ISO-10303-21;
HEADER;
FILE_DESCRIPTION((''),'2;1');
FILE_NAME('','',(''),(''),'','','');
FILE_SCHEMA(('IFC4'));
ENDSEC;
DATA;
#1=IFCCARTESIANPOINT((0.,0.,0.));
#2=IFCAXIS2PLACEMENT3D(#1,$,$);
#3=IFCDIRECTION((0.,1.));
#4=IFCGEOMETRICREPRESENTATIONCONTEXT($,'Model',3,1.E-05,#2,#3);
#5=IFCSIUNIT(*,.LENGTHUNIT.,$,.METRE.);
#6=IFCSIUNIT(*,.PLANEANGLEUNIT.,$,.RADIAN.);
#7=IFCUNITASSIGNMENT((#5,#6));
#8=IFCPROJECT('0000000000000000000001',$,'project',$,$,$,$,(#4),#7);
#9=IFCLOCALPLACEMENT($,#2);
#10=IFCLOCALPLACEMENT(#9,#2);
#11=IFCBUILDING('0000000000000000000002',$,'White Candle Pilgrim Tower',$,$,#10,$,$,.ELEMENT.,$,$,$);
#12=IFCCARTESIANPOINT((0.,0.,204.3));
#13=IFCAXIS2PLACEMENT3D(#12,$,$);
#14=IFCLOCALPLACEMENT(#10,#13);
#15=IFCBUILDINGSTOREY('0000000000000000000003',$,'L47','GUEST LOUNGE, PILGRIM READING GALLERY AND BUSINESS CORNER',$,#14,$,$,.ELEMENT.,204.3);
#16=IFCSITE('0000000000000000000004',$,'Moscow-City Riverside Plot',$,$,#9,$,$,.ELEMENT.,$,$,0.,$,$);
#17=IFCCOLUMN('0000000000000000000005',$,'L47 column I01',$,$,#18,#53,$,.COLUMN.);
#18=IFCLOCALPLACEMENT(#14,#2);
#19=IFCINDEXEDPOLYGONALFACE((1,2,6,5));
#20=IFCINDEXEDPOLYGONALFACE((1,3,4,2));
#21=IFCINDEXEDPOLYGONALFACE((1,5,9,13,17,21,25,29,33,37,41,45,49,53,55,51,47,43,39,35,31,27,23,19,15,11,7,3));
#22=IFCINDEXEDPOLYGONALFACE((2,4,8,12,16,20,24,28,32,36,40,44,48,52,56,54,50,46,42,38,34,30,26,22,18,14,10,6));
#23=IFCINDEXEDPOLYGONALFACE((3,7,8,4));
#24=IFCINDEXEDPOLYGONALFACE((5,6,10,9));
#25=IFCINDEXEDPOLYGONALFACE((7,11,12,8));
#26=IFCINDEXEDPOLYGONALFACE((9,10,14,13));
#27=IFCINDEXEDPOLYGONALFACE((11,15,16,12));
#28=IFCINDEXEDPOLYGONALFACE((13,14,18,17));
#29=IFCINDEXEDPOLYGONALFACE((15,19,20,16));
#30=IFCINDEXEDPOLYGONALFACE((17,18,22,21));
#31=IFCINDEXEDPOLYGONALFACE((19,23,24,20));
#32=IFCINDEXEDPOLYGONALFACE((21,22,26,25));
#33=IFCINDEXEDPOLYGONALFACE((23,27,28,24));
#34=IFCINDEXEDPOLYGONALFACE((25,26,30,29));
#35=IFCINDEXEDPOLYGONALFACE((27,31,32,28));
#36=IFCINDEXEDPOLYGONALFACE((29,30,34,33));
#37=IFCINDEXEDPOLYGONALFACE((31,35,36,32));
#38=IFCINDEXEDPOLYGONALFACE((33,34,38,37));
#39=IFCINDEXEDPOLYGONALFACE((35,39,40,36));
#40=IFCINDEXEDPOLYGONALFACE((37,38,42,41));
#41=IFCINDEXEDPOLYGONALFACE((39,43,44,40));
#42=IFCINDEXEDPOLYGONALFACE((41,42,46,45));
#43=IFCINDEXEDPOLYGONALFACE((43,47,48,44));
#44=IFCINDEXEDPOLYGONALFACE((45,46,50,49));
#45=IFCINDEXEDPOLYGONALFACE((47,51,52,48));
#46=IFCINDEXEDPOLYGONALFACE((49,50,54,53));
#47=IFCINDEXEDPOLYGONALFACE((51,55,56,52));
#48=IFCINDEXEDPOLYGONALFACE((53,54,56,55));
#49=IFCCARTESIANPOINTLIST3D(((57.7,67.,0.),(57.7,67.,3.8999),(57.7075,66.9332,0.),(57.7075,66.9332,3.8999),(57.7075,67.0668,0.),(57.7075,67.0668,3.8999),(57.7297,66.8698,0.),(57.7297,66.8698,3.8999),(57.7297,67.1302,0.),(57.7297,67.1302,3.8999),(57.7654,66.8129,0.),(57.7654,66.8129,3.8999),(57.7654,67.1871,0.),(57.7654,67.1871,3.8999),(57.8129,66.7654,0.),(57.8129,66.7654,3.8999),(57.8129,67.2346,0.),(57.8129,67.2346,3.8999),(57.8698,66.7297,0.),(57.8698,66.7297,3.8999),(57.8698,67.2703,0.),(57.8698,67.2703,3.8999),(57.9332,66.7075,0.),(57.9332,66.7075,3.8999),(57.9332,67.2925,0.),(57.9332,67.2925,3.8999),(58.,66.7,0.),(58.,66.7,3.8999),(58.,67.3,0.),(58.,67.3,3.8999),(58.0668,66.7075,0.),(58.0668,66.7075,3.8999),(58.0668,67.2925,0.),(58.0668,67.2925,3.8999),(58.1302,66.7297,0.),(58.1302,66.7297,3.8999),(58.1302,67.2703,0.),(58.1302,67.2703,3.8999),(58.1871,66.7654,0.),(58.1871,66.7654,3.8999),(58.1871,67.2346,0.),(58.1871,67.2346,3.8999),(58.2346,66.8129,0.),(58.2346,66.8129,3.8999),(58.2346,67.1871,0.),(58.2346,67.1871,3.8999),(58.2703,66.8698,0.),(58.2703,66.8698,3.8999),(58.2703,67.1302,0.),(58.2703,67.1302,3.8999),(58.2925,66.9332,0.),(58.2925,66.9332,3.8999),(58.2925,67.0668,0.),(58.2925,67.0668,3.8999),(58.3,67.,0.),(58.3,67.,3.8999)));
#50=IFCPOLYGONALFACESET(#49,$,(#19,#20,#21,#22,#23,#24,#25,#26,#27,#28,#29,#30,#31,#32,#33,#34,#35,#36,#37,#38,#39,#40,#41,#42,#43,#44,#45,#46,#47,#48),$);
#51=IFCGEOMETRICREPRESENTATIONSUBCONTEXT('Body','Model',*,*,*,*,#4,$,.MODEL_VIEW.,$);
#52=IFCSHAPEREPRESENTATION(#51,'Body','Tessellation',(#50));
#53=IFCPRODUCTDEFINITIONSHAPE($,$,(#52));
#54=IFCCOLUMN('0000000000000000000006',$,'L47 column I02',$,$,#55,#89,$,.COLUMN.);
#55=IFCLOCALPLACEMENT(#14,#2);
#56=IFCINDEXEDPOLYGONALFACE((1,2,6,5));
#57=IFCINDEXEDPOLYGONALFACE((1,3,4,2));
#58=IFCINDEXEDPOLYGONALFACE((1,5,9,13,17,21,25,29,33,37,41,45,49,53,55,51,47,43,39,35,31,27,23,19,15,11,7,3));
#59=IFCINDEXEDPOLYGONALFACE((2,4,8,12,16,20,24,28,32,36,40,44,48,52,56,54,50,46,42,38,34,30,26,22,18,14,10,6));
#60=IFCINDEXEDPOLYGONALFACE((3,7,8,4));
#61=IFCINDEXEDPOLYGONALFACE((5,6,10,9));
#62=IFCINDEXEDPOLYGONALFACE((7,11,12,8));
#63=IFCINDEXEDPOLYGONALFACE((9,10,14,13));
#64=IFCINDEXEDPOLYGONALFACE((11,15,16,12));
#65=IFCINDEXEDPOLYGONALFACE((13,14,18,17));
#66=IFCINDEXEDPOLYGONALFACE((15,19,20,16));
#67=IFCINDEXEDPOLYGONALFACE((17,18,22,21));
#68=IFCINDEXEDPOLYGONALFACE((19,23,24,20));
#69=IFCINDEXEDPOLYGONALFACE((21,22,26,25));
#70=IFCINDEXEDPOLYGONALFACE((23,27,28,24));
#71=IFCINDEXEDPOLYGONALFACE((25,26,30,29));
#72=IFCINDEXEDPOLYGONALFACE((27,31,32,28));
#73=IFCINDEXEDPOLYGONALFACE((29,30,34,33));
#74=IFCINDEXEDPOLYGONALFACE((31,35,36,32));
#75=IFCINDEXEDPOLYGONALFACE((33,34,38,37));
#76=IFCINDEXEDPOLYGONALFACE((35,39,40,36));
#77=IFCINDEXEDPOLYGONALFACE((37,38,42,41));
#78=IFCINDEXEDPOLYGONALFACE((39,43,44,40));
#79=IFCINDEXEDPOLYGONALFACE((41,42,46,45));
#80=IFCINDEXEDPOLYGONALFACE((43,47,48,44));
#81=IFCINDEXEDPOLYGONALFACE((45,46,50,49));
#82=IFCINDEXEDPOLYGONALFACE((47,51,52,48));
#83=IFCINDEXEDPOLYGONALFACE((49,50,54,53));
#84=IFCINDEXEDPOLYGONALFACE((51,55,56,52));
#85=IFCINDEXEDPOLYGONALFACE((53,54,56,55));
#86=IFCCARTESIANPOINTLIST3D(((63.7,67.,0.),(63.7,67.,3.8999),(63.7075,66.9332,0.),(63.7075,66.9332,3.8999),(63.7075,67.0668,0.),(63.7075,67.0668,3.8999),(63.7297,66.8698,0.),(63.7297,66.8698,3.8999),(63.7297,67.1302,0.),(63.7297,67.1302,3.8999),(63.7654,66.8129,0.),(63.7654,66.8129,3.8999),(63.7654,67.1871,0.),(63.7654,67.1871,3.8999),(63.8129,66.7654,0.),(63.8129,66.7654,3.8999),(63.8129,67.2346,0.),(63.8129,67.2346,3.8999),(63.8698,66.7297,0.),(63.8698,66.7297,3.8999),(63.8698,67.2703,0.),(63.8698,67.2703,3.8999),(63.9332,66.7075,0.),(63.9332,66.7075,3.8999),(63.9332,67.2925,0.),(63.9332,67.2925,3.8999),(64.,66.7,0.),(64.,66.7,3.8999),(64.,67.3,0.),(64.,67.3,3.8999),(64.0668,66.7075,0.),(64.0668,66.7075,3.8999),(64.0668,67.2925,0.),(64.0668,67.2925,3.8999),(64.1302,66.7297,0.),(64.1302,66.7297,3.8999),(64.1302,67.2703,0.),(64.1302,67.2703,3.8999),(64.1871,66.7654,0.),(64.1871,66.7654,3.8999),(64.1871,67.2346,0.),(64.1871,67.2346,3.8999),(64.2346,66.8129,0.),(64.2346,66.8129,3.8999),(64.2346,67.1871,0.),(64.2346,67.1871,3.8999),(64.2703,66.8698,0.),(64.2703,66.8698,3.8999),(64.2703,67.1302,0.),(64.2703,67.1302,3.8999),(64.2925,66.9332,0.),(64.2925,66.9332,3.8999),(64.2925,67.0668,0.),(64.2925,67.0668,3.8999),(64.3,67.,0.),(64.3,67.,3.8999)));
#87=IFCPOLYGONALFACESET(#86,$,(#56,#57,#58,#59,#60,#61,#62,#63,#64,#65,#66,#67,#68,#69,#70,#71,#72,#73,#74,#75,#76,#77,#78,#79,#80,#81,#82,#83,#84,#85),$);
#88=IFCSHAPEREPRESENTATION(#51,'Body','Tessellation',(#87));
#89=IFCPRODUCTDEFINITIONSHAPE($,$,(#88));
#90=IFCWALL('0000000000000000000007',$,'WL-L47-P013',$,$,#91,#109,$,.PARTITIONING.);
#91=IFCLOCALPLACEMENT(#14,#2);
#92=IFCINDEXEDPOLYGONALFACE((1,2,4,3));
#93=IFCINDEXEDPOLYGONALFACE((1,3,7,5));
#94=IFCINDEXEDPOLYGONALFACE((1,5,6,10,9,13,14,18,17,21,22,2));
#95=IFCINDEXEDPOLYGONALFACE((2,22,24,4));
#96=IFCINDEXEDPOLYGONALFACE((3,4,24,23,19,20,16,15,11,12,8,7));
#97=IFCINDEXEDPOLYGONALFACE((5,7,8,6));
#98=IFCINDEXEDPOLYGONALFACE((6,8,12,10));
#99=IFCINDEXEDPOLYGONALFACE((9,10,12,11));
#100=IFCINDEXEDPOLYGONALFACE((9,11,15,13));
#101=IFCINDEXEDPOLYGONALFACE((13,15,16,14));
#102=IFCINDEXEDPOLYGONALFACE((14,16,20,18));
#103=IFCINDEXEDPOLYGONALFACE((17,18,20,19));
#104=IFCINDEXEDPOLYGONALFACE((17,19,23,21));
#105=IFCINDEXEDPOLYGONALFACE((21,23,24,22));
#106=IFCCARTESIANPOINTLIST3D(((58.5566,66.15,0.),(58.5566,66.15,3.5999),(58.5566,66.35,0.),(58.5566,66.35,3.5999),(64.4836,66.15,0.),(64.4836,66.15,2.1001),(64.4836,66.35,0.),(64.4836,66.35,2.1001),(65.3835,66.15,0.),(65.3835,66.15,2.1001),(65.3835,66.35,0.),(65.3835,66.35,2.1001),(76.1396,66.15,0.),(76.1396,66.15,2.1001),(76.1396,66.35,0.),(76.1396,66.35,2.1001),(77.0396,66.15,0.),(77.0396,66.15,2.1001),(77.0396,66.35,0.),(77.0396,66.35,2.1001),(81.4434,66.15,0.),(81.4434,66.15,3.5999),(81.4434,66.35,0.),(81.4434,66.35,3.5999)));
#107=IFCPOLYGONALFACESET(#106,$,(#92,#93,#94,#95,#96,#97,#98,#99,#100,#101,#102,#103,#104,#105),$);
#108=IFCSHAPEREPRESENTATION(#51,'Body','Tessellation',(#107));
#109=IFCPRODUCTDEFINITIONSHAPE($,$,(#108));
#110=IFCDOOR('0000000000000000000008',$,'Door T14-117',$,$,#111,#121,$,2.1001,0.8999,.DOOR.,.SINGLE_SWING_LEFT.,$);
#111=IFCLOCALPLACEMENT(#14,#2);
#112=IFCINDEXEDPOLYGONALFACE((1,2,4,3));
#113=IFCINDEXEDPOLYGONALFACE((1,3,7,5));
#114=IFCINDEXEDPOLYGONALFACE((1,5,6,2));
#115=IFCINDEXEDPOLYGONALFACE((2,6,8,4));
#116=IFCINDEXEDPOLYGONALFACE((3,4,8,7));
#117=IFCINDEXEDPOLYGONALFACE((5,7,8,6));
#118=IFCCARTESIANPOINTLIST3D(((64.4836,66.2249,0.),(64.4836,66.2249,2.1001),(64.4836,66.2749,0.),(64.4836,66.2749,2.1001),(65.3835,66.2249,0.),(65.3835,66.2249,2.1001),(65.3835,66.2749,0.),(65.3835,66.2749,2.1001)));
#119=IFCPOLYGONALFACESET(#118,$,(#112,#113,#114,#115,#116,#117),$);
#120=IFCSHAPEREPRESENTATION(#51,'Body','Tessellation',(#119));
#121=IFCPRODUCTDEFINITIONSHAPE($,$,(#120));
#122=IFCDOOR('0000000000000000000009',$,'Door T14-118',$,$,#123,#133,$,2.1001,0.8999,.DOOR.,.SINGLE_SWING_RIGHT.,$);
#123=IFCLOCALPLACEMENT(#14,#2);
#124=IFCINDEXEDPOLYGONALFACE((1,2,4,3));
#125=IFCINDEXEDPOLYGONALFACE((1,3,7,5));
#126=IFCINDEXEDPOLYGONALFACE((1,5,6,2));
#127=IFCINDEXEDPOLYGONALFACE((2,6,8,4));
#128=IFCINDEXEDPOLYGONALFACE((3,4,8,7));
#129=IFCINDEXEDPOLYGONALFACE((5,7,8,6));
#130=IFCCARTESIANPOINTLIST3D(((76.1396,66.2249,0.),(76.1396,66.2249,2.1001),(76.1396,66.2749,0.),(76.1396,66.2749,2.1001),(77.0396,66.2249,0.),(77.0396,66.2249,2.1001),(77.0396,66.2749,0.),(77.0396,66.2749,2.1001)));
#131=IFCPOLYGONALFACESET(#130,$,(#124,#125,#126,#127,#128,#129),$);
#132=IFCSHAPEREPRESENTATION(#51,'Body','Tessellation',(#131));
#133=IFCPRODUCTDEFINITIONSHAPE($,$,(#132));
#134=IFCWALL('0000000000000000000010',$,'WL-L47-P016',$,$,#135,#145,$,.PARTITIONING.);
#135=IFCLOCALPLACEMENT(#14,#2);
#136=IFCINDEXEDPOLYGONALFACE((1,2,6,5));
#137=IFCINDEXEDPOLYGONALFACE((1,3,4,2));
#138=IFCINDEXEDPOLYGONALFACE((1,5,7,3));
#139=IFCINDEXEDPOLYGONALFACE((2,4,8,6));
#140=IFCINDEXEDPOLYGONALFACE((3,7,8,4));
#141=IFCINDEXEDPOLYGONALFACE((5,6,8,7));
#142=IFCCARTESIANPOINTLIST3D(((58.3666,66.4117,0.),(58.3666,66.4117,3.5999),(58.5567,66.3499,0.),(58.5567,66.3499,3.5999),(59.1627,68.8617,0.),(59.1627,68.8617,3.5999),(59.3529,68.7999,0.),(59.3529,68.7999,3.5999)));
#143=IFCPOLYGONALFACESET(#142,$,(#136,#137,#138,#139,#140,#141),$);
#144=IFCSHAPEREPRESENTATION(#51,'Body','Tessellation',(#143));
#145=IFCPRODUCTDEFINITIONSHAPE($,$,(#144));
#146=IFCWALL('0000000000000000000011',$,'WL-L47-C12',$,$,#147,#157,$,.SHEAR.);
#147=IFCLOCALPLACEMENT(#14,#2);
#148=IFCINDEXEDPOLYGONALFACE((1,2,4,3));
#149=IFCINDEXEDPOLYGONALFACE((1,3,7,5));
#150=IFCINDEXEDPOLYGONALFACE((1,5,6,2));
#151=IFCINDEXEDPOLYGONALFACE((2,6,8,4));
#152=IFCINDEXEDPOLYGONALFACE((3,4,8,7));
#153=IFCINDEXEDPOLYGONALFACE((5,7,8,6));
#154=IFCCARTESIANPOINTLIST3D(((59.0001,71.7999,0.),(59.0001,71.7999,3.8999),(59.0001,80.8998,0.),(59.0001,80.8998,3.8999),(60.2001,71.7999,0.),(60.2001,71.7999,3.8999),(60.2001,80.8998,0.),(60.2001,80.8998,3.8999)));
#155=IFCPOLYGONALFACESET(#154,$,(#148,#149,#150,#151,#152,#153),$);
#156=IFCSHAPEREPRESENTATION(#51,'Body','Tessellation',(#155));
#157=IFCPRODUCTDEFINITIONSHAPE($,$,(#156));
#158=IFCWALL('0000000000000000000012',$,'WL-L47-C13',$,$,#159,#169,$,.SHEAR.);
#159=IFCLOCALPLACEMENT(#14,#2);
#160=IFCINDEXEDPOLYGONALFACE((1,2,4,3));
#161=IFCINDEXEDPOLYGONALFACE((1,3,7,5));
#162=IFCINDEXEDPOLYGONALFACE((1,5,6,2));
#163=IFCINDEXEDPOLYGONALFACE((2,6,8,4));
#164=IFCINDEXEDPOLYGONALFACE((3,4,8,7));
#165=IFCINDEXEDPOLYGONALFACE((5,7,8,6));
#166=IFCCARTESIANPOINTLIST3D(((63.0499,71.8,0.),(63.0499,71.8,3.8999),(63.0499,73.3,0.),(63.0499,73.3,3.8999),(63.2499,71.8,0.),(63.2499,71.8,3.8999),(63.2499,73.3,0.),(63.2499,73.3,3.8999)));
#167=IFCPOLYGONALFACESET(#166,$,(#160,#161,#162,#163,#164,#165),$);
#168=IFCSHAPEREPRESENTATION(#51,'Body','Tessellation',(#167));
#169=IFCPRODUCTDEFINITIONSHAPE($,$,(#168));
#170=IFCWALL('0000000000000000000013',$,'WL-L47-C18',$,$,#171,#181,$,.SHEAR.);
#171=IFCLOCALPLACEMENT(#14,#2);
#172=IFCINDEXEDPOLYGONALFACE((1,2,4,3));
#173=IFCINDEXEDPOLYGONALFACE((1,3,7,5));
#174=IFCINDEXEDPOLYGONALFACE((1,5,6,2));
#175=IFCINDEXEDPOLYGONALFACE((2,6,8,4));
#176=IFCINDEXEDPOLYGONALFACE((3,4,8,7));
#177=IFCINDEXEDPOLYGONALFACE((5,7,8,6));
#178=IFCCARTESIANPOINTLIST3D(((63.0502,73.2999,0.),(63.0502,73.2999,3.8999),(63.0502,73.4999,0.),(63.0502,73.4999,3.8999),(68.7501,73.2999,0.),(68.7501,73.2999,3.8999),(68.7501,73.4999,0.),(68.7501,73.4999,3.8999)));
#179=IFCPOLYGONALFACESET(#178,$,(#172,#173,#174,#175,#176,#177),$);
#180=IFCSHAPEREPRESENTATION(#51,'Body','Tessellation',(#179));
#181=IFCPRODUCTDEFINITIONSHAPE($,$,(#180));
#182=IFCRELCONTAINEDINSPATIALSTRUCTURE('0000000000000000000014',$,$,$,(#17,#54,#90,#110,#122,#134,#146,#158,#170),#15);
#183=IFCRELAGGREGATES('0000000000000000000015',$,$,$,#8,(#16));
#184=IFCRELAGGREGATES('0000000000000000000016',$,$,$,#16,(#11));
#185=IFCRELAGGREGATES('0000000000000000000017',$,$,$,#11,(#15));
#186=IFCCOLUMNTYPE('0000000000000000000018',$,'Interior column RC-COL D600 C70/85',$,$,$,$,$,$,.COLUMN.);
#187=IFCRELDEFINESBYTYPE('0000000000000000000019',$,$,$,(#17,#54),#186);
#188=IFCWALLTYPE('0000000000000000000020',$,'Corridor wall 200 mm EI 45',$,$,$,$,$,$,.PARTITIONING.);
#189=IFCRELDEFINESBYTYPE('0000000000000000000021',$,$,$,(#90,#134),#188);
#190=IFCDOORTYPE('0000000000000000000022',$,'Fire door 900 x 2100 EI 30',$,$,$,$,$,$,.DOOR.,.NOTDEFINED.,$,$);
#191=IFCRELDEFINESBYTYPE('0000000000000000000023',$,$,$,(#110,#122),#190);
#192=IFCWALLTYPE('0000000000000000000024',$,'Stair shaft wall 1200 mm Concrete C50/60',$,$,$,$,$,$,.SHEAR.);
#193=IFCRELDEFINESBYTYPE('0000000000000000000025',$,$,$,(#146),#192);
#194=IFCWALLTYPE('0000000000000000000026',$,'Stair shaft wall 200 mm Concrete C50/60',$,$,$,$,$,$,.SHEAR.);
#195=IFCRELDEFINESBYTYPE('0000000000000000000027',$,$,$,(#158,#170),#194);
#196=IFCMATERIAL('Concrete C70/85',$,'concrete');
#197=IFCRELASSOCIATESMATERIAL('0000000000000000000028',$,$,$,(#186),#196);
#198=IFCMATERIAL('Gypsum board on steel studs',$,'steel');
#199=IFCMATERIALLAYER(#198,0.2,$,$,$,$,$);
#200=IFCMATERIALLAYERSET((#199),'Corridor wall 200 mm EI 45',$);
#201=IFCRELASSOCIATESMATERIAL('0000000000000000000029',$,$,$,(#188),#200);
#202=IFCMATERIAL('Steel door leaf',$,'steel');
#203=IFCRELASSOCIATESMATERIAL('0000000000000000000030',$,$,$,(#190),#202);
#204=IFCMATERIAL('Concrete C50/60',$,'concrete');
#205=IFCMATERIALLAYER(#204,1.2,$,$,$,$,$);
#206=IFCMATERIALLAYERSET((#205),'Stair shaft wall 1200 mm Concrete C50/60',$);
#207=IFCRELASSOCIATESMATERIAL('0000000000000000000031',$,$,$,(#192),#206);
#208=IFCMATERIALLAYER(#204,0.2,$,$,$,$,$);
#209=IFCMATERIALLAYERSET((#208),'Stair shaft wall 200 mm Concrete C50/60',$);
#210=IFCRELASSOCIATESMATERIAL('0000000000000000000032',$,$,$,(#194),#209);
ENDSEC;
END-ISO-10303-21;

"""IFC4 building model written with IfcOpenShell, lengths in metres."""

from ifc_helpers import new_model, si_unit, direction, frame, frame_2d, origin, origin_2d, place, context, subcontext, project, spatial, rectangle, circle, extrude, material, layer, layer_set, material_profile, profile_set, type_object, element, fill, save


model = new_model("IFC4")

# Units and contexts
model_context = context("Model", 3, precision=1e-05, world=origin(), true_north=direction((0.0, 1.0)))
body_context = subcontext(model_context, "Body", "Model", "MODEL_VIEW")
ifc_project = project(units=[si_unit("LENGTHUNIT", "METRE"), si_unit("PLANEANGLEUNIT", "RADIAN")], contexts=[model_context])

# Site, building, storey
site_placement = place(None, origin())
site = spatial("IfcSite", under=ifc_project, at=site_placement, Name="Moscow-City Riverside Plot", CompositionType="ELEMENT", RefElevation=0.0)
building_placement = place(site_placement, origin())
building = spatial("IfcBuilding", under=site, at=building_placement, Name="White Candle Pilgrim Tower", CompositionType="ELEMENT")
storey_placement = place(building_placement, frame((0.0, 0.0, 204.3)))
storey = spatial("IfcBuildingStorey", under=building, at=storey_placement, Name="L47", Description="GUEST LOUNGE, PILGRIM READING GALLERY AND BUSINESS CORNER", CompositionType="ELEMENT", Elevation=204.3)

# Columns
ifc_material_1 = material(Name="Concrete C70/85", Category="concrete")
ifc_material_profile = material_profile(ifc_material_1, circle(Radius=0.3, at=origin_2d()), Name="RC-COL D600")
ifc_profile_set = profile_set([ifc_material_profile], Name="Concrete C70/85")
column_type = type_object("IfcColumnType", Name="Interior column RC-COL D600 C70/85", PredefinedType="COLUMN", material=ifc_profile_set)
for number, where, z_axis, x_axis, name in (
    (1, (58.0, 67.0, 0.0), (0.0, 0.0, 1.0), (1.0, 0.0, 0.0), "L47 column I01"),
    (2, (64.0, 67.0, 0.0), (0.0, 0.0, 1.0), (1.0, 0.0, 0.0), "L47 column I02"),
):
    element("IfcColumn", number, at=place(storey_placement, frame(where, z_axis=z_axis, x_axis=x_axis)), inside=storey, type_object=column_type, Name=name, PredefinedType="COLUMN", context=body_context, shape_type="SweptSolid", body=[
        extrude(circle(Radius=0.3, at=origin_2d()), origin(), (0.0, 0.0, 1.0), 3.8999),
    ])

# Wall, openings, doors
ifc_material_2 = material(Name="Gypsum board on steel studs", Category="steel")
ifc_layer_1 = layer(ifc_material_2, 0.2)
ifc_layer_set_1 = layer_set([ifc_layer_1], Name="Corridor wall 200 mm EI 45")
wall_type_1 = type_object("IfcWallType", Name="Corridor wall 200 mm EI 45", PredefinedType="PARTITIONING", material=ifc_layer_set_1)
wall_1_placement = place(storey_placement, frame((58.5566, 66.25, 0.0), z_axis=(0.0, 0.0, 1.0), x_axis=(1.0, 0.0, 0.0)))
wall_1 = element("IfcWall", 3, at=wall_1_placement, inside=storey, type_object=wall_type_1, Name="WL-L47-P013", PredefinedType="PARTITIONING", context=body_context, shape_type="SweptSolid", body=[
    extrude(rectangle(XDim=22.8867, YDim=0.2, at=frame_2d((11.4434, 0.0))), origin(), (0.0, 0.0, 1.0), 3.5999),
])
opening_1_placement = place(wall_1_placement, frame((5.927, 0.0, 0.0)))
opening_1 = element("IfcOpeningElement", 4, at=opening_1_placement, cuts=wall_1, PredefinedType="OPENING", context=body_context, shape_type="SweptSolid", body=[
    extrude(rectangle(XDim=0.8999, YDim=2.1001, at=frame_2d((0.45, 1.05))), frame((0.0, 0.1099, 0.0), z_axis=(0.0, -1.0, 0.0), x_axis=(1.0, 0.0, 0.0)), (0.0, 0.0, 1.0), 0.22),
])
opening_2_placement = place(wall_1_placement, frame((17.583, 0.0, 0.0)))
opening_2 = element("IfcOpeningElement", 5, at=opening_2_placement, cuts=wall_1, PredefinedType="OPENING", context=body_context, shape_type="SweptSolid", body=[
    extrude(rectangle(XDim=0.8999, YDim=2.1001, at=frame_2d((0.45, 1.05))), frame((0.0, 0.1099, 0.0), z_axis=(0.0, -1.0, 0.0), x_axis=(1.0, 0.0, 0.0)), (0.0, 0.0, 1.0), 0.22),
])
ifc_material_3 = material(Name="Steel door leaf", Category="steel")
door_type_1 = type_object("IfcDoorType", Name="Fire door 900 x 2100 EI 30", OperationType="NOTDEFINED", PredefinedType="DOOR", material=ifc_material_3)
door_1_placement = place(opening_1_placement, origin())
door_1 = element("IfcDoor", 6, at=door_1_placement, inside=storey, type_object=door_type_1, Name="Door T14-117", OperationType="SINGLE_SWING_LEFT", OverallHeight=2.1001, OverallWidth=0.8999, PredefinedType="DOOR", context=body_context, shape_type="SweptSolid", body=[
    extrude(rectangle(XDim=0.8999, YDim=2.1001, at=frame_2d((0.45, 1.05))), frame((0.0, 0.0249, 0.0), z_axis=(0.0, -1.0, 0.0), x_axis=(1.0, 0.0, 0.0)), (0.0, 0.0, 1.0), 0.05),
])
fill(opening_1, door_1)
door_2_placement = place(opening_2_placement, origin())
door_2 = element("IfcDoor", 7, at=door_2_placement, inside=storey, type_object=door_type_1, Name="Door T14-118", OperationType="SINGLE_SWING_RIGHT", OverallHeight=2.1001, OverallWidth=0.8999, PredefinedType="DOOR", context=body_context, shape_type="SweptSolid", body=[
    extrude(rectangle(XDim=0.8999, YDim=2.1001, at=frame_2d((0.45, 1.05))), frame((0.0, 0.0249, 0.0), z_axis=(0.0, -1.0, 0.0), x_axis=(1.0, 0.0, 0.0)), (0.0, 0.0, 1.0), 0.05),
])
fill(opening_2, door_2)

# Walls
wall_2_placement = place(storey_placement, frame((59.2578, 68.8308, 0.0), z_axis=(0.0, 0.0, 1.0), x_axis=(-0.309054, -0.951045, 0.0)))
element("IfcWall", 8, at=wall_2_placement, inside=storey, type_object=wall_type_1, Name="WL-L47-P016", PredefinedType="PARTITIONING", context=body_context, shape_type="SweptSolid", body=[
    extrude(rectangle(XDim=2.5762, YDim=0.2, at=frame_2d((1.2881, 0.0))), origin(), (0.0, 0.0, 1.0), 3.5999),
])
ifc_material_4 = material(Name="Concrete C50/60", Category="concrete")
ifc_layer_2 = layer(ifc_material_4, 1.2)
ifc_layer_set_2 = layer_set([ifc_layer_2], Name="Stair shaft wall 1200 mm Concrete C50/60")
wall_type_2 = type_object("IfcWallType", Name="Stair shaft wall 1200 mm Concrete C50/60", PredefinedType="SHEAR", material=ifc_layer_set_2)
wall_3_placement = place(storey_placement, frame((59.6001, 71.8, 0.0), z_axis=(0.0, 0.0, 1.0), x_axis=(0.0, 1.0, 0.0)))
element("IfcWall", 9, at=wall_3_placement, inside=storey, type_object=wall_type_2, Name="WL-L47-C12", PredefinedType="SHEAR", context=body_context, shape_type="SweptSolid", body=[
    extrude(rectangle(XDim=9.0999, YDim=1.2, at=frame_2d((4.5498, 0.0))), origin(), (0.0, 0.0, 1.0), 3.8999),
])
ifc_layer_3 = layer(ifc_material_4, 0.2)
ifc_layer_set_3 = layer_set([ifc_layer_3], Name="Stair shaft wall 200 mm Concrete C50/60")
wall_type_3 = type_object("IfcWallType", Name="Stair shaft wall 200 mm Concrete C50/60", PredefinedType="SHEAR", material=ifc_layer_set_3)
wall_4_placement = place(storey_placement, frame((63.1499, 71.8, 0.0), z_axis=(0.0, 0.0, 1.0), x_axis=(0.0, 1.0, 0.0)))
element("IfcWall", 10, at=wall_4_placement, inside=storey, type_object=wall_type_3, Name="WL-L47-C13", PredefinedType="SHEAR", context=body_context, shape_type="SweptSolid", body=[
    extrude(rectangle(XDim=1.5, YDim=0.2, at=frame_2d((0.75, 0.0))), origin(), (0.0, 0.0, 1.0), 3.8999),
])
wall_5_placement = place(storey_placement, frame((63.05, 73.3999, 0.0), z_axis=(0.0, 0.0, 1.0), x_axis=(1.0, 0.0, 0.0)))
element("IfcWall", 11, at=wall_5_placement, inside=storey, type_object=wall_type_3, Name="WL-L47-C18", PredefinedType="SHEAR", context=body_context, shape_type="SweptSolid", body=[
    extrude(rectangle(XDim=5.7, YDim=0.2, at=frame_2d((2.8501, 0.0))), origin(), (0.0, 0.0, 1.0), 3.8999),
])

save(model, "model.ifc")
